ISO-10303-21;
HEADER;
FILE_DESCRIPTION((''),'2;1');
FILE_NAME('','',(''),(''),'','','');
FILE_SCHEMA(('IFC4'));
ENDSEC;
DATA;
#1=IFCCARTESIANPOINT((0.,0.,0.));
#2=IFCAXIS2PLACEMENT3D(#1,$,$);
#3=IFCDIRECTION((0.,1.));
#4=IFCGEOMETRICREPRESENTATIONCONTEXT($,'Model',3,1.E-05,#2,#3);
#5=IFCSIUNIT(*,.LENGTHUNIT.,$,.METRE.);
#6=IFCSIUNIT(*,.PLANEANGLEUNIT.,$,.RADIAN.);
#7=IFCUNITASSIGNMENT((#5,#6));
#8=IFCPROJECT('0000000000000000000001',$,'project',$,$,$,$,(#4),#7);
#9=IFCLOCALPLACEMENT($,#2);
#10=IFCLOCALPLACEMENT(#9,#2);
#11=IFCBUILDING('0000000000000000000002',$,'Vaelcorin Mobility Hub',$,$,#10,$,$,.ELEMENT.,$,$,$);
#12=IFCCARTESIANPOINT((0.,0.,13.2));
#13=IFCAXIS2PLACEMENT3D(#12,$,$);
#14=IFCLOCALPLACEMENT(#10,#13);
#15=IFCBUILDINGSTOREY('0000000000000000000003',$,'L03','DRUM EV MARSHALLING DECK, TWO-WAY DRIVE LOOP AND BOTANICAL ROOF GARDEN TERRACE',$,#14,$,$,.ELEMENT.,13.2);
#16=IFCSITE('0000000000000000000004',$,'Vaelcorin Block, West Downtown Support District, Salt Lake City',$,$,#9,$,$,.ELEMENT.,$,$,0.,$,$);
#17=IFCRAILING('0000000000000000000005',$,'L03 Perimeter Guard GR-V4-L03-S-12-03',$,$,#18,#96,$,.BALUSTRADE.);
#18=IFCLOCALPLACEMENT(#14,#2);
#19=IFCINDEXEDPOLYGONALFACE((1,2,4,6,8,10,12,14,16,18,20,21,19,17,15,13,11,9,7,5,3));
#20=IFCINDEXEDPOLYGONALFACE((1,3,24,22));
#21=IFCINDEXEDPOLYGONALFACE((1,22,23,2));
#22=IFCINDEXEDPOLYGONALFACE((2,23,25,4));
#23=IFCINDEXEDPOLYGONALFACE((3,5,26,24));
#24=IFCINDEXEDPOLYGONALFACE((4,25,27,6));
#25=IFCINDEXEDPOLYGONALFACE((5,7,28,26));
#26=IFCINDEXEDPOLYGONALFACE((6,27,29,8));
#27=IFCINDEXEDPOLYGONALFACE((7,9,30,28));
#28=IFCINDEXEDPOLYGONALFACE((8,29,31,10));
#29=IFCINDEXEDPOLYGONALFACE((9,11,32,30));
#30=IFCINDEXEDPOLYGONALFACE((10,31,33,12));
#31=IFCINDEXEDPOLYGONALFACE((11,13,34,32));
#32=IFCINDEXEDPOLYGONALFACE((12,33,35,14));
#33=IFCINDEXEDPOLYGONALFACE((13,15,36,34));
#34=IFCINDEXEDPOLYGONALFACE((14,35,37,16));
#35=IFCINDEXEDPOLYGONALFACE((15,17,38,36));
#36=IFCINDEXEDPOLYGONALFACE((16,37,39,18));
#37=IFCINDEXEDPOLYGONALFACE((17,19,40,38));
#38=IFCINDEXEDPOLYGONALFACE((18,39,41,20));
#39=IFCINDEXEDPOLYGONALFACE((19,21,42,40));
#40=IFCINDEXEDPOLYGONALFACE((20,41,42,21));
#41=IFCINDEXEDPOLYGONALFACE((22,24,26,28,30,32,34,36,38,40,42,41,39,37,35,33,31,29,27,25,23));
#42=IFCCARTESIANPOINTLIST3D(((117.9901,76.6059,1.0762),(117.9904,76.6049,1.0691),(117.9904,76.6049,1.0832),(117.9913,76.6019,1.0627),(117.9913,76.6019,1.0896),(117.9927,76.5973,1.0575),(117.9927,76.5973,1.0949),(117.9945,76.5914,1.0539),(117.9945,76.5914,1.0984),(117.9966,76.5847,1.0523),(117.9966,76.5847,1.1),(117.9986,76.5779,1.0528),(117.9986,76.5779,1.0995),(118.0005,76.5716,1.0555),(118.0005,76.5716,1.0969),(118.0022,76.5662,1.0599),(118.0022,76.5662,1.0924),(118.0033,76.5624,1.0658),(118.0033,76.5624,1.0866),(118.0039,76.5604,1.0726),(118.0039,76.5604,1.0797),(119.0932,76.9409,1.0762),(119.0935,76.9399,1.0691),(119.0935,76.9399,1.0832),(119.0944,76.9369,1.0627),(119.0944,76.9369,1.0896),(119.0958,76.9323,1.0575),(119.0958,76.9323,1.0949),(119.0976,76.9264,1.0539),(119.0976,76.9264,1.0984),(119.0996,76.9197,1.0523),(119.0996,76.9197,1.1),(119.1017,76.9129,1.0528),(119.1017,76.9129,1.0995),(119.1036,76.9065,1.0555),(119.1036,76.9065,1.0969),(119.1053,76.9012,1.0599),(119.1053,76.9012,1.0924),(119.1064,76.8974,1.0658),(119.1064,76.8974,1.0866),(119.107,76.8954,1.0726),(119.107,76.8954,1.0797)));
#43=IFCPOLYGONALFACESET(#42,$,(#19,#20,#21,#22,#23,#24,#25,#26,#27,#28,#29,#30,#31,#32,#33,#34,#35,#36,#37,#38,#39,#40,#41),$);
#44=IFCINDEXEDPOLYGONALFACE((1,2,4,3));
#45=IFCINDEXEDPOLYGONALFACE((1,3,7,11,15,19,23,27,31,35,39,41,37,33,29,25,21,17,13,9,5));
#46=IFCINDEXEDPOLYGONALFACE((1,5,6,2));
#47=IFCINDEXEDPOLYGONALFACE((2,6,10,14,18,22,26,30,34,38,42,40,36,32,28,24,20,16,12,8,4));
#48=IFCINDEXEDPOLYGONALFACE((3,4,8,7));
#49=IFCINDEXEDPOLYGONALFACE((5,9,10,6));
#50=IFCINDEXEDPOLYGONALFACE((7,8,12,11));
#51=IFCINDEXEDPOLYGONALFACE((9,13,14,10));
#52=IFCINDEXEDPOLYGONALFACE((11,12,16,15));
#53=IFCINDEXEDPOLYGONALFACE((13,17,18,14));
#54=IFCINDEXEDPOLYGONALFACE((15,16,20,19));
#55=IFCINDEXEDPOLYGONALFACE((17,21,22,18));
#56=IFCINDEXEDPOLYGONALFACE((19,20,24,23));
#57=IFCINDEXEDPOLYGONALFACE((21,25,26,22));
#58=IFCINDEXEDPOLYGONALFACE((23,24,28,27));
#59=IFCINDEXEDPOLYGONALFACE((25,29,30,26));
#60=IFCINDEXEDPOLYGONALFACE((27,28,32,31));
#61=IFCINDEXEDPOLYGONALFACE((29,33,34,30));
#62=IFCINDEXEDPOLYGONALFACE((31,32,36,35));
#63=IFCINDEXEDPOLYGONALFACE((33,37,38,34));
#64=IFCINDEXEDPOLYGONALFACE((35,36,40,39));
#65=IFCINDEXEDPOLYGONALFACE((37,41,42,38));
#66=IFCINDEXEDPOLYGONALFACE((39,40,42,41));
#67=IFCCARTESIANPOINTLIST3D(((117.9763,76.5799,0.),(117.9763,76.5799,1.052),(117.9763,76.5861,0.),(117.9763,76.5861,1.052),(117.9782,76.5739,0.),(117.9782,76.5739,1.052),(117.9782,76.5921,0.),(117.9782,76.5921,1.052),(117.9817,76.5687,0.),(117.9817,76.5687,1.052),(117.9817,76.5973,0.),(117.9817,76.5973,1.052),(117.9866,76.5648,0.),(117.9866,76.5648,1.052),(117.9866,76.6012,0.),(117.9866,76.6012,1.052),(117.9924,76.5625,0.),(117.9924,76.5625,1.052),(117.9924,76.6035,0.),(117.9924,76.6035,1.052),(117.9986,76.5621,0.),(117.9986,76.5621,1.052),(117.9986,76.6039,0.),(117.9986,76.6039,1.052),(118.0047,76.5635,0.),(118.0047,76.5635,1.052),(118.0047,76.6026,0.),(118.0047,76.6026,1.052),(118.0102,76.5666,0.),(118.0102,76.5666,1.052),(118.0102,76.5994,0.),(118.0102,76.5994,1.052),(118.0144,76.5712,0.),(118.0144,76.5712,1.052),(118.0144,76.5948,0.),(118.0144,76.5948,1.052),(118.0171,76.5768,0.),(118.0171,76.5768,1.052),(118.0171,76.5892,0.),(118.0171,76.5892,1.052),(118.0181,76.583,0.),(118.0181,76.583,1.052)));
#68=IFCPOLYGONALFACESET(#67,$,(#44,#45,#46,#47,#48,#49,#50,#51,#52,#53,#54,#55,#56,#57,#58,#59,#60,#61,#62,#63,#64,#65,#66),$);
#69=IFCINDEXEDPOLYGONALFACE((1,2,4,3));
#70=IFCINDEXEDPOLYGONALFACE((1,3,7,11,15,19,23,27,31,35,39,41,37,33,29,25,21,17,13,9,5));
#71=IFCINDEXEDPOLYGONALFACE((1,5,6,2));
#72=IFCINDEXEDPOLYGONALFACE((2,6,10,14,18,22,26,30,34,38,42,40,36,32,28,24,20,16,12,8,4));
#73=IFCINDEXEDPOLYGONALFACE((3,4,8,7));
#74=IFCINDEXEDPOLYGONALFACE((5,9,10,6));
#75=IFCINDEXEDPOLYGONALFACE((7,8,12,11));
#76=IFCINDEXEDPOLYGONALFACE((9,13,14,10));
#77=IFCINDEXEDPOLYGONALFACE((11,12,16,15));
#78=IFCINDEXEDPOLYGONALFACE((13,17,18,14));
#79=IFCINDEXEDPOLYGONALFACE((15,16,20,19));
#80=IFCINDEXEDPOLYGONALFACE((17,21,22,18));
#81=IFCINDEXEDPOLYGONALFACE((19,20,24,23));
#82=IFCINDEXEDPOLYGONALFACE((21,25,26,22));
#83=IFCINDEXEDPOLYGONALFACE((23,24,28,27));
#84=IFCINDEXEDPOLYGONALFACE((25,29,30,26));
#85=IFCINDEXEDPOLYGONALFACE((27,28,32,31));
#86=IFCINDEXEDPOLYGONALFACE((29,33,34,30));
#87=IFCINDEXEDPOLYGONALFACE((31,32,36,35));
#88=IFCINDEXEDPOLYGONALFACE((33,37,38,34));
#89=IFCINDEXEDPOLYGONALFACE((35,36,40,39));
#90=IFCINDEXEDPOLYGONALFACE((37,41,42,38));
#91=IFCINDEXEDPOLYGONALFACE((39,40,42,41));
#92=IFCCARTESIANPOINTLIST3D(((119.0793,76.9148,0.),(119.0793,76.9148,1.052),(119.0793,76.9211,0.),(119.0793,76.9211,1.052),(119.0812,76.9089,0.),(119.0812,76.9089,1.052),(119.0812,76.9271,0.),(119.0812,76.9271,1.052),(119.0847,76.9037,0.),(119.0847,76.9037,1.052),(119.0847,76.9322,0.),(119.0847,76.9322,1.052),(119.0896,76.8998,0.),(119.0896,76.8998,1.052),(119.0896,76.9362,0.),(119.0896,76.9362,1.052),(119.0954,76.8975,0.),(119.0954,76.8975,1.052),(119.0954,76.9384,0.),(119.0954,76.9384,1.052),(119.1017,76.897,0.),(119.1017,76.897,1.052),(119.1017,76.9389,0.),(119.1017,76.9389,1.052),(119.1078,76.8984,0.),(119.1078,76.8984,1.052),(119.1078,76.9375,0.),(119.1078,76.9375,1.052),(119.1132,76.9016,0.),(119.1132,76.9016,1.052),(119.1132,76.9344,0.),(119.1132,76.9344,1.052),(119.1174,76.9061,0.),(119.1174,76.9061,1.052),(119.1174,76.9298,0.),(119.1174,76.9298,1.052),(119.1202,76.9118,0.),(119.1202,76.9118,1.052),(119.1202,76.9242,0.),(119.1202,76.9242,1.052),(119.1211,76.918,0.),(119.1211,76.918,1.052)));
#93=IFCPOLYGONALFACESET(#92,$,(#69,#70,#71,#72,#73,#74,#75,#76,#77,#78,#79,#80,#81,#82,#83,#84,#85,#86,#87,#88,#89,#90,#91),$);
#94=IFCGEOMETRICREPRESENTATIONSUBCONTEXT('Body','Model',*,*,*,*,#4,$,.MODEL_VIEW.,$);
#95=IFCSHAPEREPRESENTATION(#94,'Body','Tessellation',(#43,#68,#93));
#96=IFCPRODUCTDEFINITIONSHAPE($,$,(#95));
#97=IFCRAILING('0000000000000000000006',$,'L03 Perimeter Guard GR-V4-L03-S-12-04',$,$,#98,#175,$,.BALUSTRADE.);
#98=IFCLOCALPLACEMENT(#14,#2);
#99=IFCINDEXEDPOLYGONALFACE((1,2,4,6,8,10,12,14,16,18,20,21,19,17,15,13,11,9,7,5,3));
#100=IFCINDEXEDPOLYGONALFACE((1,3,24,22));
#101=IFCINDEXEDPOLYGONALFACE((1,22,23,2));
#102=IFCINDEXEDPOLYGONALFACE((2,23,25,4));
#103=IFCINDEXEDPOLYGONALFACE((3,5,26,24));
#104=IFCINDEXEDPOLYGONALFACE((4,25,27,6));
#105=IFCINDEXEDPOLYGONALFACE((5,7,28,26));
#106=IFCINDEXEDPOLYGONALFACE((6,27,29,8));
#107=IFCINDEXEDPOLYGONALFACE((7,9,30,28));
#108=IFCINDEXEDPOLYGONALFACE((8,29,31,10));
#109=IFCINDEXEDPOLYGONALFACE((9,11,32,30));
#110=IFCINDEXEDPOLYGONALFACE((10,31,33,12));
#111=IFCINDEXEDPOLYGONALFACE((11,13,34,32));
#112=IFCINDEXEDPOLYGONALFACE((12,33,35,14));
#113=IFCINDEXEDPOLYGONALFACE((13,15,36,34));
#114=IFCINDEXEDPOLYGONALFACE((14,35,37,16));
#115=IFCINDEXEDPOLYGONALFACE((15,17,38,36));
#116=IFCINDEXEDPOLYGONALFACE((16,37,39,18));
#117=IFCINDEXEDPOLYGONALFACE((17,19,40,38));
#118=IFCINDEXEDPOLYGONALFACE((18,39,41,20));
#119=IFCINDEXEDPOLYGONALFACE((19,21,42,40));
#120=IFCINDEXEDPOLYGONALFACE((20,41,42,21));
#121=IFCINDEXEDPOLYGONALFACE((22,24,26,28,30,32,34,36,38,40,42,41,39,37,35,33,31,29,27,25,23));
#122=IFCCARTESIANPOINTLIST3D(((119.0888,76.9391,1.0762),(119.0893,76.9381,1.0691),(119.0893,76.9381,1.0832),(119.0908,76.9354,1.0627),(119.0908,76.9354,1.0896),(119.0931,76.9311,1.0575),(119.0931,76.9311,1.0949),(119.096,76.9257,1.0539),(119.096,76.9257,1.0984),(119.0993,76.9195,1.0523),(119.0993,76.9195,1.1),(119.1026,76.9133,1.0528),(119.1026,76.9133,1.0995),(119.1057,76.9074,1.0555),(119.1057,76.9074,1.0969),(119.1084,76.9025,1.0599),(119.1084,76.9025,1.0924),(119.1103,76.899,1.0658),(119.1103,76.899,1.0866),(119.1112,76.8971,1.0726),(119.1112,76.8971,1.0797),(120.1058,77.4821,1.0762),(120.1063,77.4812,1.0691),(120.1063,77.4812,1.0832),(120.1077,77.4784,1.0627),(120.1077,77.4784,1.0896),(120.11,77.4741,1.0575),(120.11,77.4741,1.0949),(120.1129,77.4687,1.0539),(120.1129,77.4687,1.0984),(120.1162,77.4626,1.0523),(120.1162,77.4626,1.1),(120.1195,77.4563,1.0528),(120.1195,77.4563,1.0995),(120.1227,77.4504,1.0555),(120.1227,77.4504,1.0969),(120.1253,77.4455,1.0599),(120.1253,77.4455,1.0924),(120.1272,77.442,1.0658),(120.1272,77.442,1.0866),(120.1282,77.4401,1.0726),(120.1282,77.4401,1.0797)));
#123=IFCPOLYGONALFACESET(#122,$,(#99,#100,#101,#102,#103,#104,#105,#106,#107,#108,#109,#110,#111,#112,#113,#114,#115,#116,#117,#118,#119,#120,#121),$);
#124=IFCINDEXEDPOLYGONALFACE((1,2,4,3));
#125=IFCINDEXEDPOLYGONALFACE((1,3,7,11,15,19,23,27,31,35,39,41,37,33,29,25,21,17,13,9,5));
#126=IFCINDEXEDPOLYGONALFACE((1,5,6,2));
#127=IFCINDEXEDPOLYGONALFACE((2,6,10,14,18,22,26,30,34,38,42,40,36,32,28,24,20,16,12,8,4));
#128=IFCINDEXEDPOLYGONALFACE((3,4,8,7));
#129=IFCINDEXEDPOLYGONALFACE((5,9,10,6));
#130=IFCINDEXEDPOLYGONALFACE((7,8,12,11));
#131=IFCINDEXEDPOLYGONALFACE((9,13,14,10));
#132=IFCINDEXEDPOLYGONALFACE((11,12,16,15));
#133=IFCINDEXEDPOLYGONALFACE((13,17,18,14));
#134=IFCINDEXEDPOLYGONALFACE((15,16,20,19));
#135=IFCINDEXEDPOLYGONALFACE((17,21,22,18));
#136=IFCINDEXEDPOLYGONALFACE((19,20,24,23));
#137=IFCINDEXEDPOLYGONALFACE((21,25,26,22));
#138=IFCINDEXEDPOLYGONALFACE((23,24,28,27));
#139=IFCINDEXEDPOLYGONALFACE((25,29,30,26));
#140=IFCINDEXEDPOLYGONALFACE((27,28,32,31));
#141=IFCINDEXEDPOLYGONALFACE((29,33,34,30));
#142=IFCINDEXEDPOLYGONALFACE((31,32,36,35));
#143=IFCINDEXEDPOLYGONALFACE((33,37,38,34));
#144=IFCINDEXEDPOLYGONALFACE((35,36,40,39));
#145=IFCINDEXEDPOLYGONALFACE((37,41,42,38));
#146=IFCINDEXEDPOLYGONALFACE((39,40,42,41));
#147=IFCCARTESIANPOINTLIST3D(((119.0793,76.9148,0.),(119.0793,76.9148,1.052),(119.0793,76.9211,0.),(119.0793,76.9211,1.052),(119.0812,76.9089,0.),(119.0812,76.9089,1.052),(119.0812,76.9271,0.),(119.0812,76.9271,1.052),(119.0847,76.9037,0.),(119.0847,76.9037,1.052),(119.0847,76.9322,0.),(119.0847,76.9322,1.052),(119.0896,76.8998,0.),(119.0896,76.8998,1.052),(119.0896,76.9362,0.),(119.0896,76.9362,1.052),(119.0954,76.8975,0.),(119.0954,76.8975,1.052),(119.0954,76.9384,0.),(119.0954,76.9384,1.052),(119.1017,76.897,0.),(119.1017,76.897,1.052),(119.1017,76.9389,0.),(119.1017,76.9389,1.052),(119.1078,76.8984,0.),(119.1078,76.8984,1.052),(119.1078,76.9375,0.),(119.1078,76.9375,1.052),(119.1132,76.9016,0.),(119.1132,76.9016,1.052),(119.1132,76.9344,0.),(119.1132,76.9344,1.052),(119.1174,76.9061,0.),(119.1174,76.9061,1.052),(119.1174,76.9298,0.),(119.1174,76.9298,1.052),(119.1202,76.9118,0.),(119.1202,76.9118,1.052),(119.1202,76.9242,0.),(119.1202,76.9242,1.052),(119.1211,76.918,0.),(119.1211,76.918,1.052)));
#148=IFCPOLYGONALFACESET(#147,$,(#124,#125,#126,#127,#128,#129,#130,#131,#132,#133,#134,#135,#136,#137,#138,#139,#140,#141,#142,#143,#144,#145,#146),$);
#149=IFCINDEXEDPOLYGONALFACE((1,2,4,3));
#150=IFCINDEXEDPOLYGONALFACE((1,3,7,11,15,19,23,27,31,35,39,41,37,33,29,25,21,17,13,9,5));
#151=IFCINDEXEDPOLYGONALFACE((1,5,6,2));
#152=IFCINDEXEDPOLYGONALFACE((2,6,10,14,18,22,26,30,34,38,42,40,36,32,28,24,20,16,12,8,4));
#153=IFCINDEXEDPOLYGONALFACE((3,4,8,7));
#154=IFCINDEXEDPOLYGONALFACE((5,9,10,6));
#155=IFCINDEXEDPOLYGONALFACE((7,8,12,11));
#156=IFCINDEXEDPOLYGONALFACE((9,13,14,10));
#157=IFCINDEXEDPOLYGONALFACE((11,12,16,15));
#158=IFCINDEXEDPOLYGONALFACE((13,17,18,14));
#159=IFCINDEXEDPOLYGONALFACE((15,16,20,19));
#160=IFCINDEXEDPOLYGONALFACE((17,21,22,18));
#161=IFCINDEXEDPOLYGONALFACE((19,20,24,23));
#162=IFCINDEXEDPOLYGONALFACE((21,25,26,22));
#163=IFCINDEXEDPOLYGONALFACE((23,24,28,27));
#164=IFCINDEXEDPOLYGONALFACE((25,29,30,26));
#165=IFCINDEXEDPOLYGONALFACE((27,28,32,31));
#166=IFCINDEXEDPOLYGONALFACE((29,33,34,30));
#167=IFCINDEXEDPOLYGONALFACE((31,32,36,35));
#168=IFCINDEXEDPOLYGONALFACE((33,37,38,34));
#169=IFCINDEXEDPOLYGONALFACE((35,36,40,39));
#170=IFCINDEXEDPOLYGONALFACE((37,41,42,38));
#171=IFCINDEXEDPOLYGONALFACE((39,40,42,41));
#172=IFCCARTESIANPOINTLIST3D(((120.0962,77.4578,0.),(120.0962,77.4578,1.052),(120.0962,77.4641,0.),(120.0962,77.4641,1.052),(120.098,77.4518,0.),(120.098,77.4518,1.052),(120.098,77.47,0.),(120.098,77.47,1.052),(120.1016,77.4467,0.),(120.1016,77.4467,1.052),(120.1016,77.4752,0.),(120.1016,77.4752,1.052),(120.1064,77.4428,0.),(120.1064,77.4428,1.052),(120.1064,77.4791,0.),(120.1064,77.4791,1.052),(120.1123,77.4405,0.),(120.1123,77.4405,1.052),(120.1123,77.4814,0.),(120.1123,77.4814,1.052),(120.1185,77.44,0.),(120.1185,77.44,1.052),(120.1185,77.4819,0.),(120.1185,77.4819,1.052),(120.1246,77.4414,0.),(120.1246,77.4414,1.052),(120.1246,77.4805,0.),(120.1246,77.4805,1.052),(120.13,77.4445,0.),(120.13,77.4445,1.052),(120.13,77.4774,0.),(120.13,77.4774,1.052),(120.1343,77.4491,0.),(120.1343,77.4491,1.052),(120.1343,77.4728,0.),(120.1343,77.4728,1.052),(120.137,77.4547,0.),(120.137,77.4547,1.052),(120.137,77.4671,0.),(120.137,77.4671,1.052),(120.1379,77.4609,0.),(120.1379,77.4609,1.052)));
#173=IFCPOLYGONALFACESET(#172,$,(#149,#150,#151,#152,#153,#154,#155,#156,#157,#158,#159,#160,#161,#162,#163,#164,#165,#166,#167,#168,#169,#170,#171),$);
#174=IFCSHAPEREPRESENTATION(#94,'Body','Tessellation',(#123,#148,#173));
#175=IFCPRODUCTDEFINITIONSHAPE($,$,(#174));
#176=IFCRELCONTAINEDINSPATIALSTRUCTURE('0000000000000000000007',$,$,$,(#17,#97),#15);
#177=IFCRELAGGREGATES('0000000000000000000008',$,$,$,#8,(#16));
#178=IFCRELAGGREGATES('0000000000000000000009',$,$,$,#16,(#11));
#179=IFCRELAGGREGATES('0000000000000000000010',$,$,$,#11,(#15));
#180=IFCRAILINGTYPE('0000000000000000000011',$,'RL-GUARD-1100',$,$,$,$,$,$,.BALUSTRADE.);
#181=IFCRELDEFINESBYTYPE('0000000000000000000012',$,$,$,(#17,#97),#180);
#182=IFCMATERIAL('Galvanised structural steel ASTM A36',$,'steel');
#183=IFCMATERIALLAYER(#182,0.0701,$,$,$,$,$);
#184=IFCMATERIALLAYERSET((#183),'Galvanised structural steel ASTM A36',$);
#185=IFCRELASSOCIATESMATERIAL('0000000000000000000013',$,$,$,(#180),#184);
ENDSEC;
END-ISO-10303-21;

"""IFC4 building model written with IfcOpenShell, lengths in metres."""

from ifc_helpers import new_model, si_unit, direction, frame, origin, origin_2d, place, context, subcontext, project, spatial, circle, extrude, material, layer, layer_set, type_object, element, save


model = new_model("IFC4")

# Units and contexts
model_context = context("Model", 3, precision=1e-05, world=origin(), true_north=direction((0.0, 1.0)))
body_context = subcontext(model_context, "Body", "Model", "MODEL_VIEW")
ifc_project = project(units=[si_unit("LENGTHUNIT", "METRE"), si_unit("PLANEANGLEUNIT", "RADIAN")], contexts=[model_context])

# Site, building, storey
site_placement = place(None, origin())
site = spatial("IfcSite", under=ifc_project, at=site_placement, Name="Vaelcorin Block, West Downtown Support District, Salt Lake City", CompositionType="ELEMENT", RefElevation=0.0)
building_placement = place(site_placement, origin())
building = spatial("IfcBuilding", under=site, at=building_placement, Name="Vaelcorin Mobility Hub", CompositionType="ELEMENT")
storey_placement = place(building_placement, frame((0.0, 0.0, 13.2)))
storey = spatial("IfcBuildingStorey", under=building, at=storey_placement, Name="L03", Description="DRUM EV MARSHALLING DECK, TWO-WAY DRIVE LOOP AND BOTANICAL ROOF GARDEN TERRACE", CompositionType="ELEMENT", Elevation=13.2)

# Railings
ifc_material_1 = material(Name="Galvanised structural steel ASTM A36", Category="steel")
ifc_layer_1 = layer(ifc_material_1, 0.0701)
ifc_layer_set_1 = layer_set([ifc_layer_1], Name="Galvanised structural steel ASTM A36")
railing_type = type_object("IfcRailingType", Name="RL-GUARD-1100", PredefinedType="BALUSTRADE", material=ifc_layer_set_1)
railing_1_placement = place(storey_placement, frame((117.9971, 76.583, 0.0)))
element("IfcRailing", 1, at=railing_1_placement, inside=storey, type_object=railing_type, Name="L03 Perimeter Guard GR-V4-L03-S-12-03", PredefinedType="BALUSTRADE", context=body_context, shape_type="SweptSolid", body=[
    extrude(circle(Radius=0.0239, at=origin_2d()), frame((0.0, 0.0, 1.0762), z_axis=(0.956853, 0.290572, 0.0), x_axis=(-0.290572, 0.956853, 0.0)), (0.0, 0.0, 1.0), 1.1528),
    extrude(circle(Radius=0.021, at=origin_2d()), origin(), (0.0, 0.0, 1.0), 1.052),
    extrude(circle(Radius=0.021, at=origin_2d()), frame((1.103, 0.335, 0.0)), (0.0, 0.0, 1.0), 1.052),
])
railing_2_placement = place(storey_placement, frame((119.1001, 76.918, 0.0)))
element("IfcRailing", 2, at=railing_2_placement, inside=storey, type_object=railing_type, Name="L03 Perimeter Guard GR-V4-L03-S-12-04", PredefinedType="BALUSTRADE", context=body_context, shape_type="SweptSolid", body=[
    extrude(circle(Radius=0.0239, at=origin_2d()), frame((0.0, 0.0, 1.0762), z_axis=(0.882118, 0.471028, 0.0), x_axis=(-0.471028, 0.882118, 0.0)), (0.0, 0.0, 1.0), 1.1528),
    extrude(circle(Radius=0.021, at=origin_2d()), origin(), (0.0, 0.0, 1.0), 1.052),
    extrude(circle(Radius=0.021, at=origin_2d()), frame((1.0168, 0.543, 0.0)), (0.0, 0.0, 1.0), 1.052),
])

save(model, "model.ifc")
